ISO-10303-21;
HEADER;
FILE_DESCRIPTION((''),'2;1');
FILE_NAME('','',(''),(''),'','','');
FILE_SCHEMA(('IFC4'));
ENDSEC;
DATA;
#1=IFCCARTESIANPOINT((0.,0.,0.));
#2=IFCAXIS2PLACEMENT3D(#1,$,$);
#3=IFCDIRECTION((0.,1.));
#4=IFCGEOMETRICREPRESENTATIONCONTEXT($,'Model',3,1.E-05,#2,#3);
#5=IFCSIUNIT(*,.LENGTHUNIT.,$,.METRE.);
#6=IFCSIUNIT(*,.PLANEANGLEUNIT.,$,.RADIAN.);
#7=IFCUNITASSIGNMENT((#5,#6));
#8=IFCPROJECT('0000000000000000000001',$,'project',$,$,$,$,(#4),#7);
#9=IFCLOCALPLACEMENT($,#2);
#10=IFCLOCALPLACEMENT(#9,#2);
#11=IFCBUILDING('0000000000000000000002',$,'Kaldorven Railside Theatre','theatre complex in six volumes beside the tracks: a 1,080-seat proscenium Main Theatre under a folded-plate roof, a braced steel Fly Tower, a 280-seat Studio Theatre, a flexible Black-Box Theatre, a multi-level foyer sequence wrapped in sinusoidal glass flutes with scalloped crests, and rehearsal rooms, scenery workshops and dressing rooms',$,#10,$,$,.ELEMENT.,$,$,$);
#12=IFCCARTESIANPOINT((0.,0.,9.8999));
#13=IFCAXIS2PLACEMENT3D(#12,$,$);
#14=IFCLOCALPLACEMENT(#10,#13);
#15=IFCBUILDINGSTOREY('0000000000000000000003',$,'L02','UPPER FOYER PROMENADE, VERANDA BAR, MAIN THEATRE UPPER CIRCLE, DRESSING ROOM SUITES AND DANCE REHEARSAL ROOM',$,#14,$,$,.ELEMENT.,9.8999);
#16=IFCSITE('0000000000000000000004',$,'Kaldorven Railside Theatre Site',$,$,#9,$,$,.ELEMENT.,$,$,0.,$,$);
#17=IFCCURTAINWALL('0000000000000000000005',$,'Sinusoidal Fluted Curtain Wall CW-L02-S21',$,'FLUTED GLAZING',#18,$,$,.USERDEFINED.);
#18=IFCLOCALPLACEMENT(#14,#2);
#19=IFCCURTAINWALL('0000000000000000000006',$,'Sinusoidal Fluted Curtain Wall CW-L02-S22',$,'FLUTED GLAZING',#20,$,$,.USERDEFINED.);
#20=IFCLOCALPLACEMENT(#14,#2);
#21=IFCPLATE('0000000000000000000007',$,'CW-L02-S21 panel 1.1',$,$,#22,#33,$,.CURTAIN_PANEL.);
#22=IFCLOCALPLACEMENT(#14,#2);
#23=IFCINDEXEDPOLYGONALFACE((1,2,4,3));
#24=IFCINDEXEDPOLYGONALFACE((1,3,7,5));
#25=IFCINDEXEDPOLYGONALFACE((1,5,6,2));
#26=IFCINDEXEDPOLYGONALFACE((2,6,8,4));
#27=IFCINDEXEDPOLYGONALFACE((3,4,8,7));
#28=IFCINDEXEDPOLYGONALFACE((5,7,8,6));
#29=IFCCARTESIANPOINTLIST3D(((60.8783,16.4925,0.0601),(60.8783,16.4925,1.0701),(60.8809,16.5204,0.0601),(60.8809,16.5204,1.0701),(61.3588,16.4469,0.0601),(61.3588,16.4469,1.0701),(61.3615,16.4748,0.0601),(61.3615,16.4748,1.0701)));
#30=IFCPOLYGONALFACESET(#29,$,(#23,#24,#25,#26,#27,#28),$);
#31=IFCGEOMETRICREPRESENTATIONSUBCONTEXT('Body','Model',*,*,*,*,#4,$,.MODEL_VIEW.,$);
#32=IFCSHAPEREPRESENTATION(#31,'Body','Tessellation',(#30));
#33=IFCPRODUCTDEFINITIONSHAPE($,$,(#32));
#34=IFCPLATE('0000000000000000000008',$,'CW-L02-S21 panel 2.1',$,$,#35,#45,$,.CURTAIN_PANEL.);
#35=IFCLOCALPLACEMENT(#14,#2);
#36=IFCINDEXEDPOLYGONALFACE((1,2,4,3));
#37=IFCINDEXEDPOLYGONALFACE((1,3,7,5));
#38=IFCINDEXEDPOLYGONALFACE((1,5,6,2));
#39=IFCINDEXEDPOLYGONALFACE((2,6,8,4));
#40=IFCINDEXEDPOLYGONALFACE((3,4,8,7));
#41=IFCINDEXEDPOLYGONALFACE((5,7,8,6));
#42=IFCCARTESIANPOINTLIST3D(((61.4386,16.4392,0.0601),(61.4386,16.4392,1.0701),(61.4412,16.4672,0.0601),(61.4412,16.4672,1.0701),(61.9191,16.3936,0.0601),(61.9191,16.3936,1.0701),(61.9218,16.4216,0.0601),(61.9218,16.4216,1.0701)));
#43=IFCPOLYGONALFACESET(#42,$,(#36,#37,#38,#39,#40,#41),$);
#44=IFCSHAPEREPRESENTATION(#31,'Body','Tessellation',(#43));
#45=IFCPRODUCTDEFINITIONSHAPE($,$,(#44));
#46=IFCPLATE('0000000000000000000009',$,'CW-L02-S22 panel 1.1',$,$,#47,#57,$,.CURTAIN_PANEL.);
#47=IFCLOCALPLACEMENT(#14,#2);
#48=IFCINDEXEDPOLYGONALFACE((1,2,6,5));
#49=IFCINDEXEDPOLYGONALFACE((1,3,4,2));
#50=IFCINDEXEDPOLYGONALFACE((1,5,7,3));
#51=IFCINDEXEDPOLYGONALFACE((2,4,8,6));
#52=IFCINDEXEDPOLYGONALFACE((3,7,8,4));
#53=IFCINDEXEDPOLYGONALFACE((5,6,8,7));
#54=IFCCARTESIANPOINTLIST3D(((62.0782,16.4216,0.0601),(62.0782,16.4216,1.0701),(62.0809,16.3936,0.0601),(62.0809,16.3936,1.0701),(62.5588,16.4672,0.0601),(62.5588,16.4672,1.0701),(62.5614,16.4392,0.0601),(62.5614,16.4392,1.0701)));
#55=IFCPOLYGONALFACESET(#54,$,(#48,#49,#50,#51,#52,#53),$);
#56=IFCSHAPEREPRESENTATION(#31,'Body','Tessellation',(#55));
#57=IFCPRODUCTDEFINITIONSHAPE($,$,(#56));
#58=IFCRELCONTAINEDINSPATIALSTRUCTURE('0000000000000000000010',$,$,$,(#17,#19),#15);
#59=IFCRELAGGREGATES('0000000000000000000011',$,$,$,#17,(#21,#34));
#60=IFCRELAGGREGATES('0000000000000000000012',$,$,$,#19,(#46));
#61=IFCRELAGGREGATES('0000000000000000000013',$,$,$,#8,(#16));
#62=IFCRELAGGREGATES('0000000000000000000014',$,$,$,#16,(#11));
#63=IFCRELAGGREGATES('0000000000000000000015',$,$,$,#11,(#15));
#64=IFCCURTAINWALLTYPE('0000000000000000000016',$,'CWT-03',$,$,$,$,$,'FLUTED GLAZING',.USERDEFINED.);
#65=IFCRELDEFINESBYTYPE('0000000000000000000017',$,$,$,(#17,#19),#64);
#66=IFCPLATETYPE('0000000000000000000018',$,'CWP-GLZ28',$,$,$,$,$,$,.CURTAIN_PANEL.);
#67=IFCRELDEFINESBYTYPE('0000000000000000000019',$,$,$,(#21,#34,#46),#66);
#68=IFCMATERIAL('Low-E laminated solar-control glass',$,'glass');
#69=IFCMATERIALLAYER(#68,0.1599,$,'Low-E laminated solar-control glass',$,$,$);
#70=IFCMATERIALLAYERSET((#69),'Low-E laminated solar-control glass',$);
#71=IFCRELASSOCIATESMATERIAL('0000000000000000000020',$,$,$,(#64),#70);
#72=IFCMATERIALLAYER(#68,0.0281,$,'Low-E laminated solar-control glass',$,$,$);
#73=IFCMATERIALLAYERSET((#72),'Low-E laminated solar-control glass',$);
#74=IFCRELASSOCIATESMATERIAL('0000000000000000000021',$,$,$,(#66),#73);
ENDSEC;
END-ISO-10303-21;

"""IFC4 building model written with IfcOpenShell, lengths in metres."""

from ifc_helpers import new_model, si_unit, direction, frame, origin, origin_2d, place, context, subcontext, project, spatial, rectangle, extrude, material, layer, layer_set, type_object, element, aggregate, save


model = new_model("IFC4")

# Units and contexts
model_context = context("Model", 3, precision=1e-05, world=origin(), true_north=direction((0.0, 1.0)))
body_context = subcontext(model_context, "Body", "Model", "MODEL_VIEW")
ifc_project = project(units=[si_unit("LENGTHUNIT", "METRE"), si_unit("PLANEANGLEUNIT", "RADIAN")], contexts=[model_context])

# Site, building, storey
site_placement = place(None, origin())
site = spatial("IfcSite", under=ifc_project, at=site_placement, Name="Kaldorven Railside Theatre Site", CompositionType="ELEMENT", RefElevation=0.0)
building_placement = place(site_placement, origin())
building = spatial("IfcBuilding", under=site, at=building_placement, Name="Kaldorven Railside Theatre", Description="theatre complex in six volumes beside the tracks: a 1,080-seat proscenium Main Theatre under a folded-plate roof, a braced steel Fly Tower, a 280-seat Studio Theatre, a flexible Black-Box Theatre, a multi-level foyer sequence wrapped in sinusoidal glass flutes with scalloped crests, and rehearsal rooms, scenery workshops and dressing rooms", CompositionType="ELEMENT")
storey_placement = place(building_placement, frame((0.0, 0.0, 9.8999)))
storey = spatial("IfcBuildingStorey", under=building, at=storey_placement, Name="L02", Description="UPPER FOYER PROMENADE, VERANDA BAR, MAIN THEATRE UPPER CIRCLE, DRESSING ROOM SUITES AND DANCE REHEARSAL ROOM", CompositionType="ELEMENT", Elevation=9.8999)

# Curtain wall
ifc_material_1 = material(Name="Low-E laminated solar-control glass", Category="glass")
ifc_layer_1 = layer(ifc_material_1, 0.1599, Name="Low-E laminated solar-control glass")
ifc_layer_set_1 = layer_set([ifc_layer_1], Name="Low-E laminated solar-control glass")
curtain_wall_type_1 = type_object("IfcCurtainWallType", Name="CWT-03", ElementType="FLUTED GLAZING", PredefinedType="USERDEFINED", material=ifc_layer_set_1)
curtain_wall_1_placement = place(storey_placement, origin())
curtain_wall_1 = element("IfcCurtainWall", 1, at=curtain_wall_1_placement, inside=storey, type_object=curtain_wall_type_1, Name="Sinusoidal Fluted Curtain Wall CW-L02-S21", ObjectType="FLUTED GLAZING", PredefinedType="USERDEFINED")

# Curtain wall
curtain_wall_2_placement = place(storey_placement, origin())
curtain_wall_2 = element("IfcCurtainWall", 2, at=curtain_wall_2_placement, inside=storey, type_object=curtain_wall_type_1, Name="Sinusoidal Fluted Curtain Wall CW-L02-S22", ObjectType="FLUTED GLAZING", PredefinedType="USERDEFINED")

# Plates
ifc_layer_2 = layer(ifc_material_1, 0.0281, Name="Low-E laminated solar-control glass")
ifc_layer_set_2 = layer_set([ifc_layer_2], Name="Low-E laminated solar-control glass")
plate_type = type_object("IfcPlateType", Name="CWP-GLZ28", PredefinedType="CURTAIN_PANEL", material=ifc_layer_set_2)
plate_1_placement = place(storey_placement, frame((61.1199, 16.4836, 0.0601), z_axis=(0.0, 0.0, 1.0), x_axis=(0.995526, -0.094492, 0.0)))
plate_1 = element("IfcPlate", 3, at=plate_1_placement, type_object=plate_type, Name="CW-L02-S21 panel 1.1", PredefinedType="CURTAIN_PANEL", context=body_context, shape_type="SweptSolid", body=[
    extrude(rectangle(XDim=0.4827, YDim=0.0281, at=origin_2d()), origin(), (0.0, 0.0, 1.0), 1.01),
])
plate_2_placement = place(storey_placement, frame((61.6802, 16.4304, 0.0601), z_axis=(0.0, 0.0, 1.0), x_axis=(0.995526, -0.094492, 0.0)))
plate_2 = element("IfcPlate", 4, at=plate_2_placement, type_object=plate_type, Name="CW-L02-S21 panel 2.1", PredefinedType="CURTAIN_PANEL", context=body_context, shape_type="SweptSolid", body=[
    extrude(rectangle(XDim=0.4827, YDim=0.0281, at=origin_2d()), origin(), (0.0, 0.0, 1.0), 1.01),
])
aggregate(curtain_wall_1, [plate_1, plate_2])
plate_3_placement = place(storey_placement, frame((62.3198, 16.4304, 0.0601), z_axis=(0.0, 0.0, 1.0), x_axis=(0.995526, 0.094492, 0.0)))
plate_3 = element("IfcPlate", 5, at=plate_3_placement, type_object=plate_type, Name="CW-L02-S22 panel 1.1", PredefinedType="CURTAIN_PANEL", context=body_context, shape_type="SweptSolid", body=[
    extrude(rectangle(XDim=0.4827, YDim=0.0281, at=origin_2d()), origin(), (0.0, 0.0, 1.0), 1.01),
])
aggregate(curtain_wall_2, [plate_3])

save(model, "model.ifc")
